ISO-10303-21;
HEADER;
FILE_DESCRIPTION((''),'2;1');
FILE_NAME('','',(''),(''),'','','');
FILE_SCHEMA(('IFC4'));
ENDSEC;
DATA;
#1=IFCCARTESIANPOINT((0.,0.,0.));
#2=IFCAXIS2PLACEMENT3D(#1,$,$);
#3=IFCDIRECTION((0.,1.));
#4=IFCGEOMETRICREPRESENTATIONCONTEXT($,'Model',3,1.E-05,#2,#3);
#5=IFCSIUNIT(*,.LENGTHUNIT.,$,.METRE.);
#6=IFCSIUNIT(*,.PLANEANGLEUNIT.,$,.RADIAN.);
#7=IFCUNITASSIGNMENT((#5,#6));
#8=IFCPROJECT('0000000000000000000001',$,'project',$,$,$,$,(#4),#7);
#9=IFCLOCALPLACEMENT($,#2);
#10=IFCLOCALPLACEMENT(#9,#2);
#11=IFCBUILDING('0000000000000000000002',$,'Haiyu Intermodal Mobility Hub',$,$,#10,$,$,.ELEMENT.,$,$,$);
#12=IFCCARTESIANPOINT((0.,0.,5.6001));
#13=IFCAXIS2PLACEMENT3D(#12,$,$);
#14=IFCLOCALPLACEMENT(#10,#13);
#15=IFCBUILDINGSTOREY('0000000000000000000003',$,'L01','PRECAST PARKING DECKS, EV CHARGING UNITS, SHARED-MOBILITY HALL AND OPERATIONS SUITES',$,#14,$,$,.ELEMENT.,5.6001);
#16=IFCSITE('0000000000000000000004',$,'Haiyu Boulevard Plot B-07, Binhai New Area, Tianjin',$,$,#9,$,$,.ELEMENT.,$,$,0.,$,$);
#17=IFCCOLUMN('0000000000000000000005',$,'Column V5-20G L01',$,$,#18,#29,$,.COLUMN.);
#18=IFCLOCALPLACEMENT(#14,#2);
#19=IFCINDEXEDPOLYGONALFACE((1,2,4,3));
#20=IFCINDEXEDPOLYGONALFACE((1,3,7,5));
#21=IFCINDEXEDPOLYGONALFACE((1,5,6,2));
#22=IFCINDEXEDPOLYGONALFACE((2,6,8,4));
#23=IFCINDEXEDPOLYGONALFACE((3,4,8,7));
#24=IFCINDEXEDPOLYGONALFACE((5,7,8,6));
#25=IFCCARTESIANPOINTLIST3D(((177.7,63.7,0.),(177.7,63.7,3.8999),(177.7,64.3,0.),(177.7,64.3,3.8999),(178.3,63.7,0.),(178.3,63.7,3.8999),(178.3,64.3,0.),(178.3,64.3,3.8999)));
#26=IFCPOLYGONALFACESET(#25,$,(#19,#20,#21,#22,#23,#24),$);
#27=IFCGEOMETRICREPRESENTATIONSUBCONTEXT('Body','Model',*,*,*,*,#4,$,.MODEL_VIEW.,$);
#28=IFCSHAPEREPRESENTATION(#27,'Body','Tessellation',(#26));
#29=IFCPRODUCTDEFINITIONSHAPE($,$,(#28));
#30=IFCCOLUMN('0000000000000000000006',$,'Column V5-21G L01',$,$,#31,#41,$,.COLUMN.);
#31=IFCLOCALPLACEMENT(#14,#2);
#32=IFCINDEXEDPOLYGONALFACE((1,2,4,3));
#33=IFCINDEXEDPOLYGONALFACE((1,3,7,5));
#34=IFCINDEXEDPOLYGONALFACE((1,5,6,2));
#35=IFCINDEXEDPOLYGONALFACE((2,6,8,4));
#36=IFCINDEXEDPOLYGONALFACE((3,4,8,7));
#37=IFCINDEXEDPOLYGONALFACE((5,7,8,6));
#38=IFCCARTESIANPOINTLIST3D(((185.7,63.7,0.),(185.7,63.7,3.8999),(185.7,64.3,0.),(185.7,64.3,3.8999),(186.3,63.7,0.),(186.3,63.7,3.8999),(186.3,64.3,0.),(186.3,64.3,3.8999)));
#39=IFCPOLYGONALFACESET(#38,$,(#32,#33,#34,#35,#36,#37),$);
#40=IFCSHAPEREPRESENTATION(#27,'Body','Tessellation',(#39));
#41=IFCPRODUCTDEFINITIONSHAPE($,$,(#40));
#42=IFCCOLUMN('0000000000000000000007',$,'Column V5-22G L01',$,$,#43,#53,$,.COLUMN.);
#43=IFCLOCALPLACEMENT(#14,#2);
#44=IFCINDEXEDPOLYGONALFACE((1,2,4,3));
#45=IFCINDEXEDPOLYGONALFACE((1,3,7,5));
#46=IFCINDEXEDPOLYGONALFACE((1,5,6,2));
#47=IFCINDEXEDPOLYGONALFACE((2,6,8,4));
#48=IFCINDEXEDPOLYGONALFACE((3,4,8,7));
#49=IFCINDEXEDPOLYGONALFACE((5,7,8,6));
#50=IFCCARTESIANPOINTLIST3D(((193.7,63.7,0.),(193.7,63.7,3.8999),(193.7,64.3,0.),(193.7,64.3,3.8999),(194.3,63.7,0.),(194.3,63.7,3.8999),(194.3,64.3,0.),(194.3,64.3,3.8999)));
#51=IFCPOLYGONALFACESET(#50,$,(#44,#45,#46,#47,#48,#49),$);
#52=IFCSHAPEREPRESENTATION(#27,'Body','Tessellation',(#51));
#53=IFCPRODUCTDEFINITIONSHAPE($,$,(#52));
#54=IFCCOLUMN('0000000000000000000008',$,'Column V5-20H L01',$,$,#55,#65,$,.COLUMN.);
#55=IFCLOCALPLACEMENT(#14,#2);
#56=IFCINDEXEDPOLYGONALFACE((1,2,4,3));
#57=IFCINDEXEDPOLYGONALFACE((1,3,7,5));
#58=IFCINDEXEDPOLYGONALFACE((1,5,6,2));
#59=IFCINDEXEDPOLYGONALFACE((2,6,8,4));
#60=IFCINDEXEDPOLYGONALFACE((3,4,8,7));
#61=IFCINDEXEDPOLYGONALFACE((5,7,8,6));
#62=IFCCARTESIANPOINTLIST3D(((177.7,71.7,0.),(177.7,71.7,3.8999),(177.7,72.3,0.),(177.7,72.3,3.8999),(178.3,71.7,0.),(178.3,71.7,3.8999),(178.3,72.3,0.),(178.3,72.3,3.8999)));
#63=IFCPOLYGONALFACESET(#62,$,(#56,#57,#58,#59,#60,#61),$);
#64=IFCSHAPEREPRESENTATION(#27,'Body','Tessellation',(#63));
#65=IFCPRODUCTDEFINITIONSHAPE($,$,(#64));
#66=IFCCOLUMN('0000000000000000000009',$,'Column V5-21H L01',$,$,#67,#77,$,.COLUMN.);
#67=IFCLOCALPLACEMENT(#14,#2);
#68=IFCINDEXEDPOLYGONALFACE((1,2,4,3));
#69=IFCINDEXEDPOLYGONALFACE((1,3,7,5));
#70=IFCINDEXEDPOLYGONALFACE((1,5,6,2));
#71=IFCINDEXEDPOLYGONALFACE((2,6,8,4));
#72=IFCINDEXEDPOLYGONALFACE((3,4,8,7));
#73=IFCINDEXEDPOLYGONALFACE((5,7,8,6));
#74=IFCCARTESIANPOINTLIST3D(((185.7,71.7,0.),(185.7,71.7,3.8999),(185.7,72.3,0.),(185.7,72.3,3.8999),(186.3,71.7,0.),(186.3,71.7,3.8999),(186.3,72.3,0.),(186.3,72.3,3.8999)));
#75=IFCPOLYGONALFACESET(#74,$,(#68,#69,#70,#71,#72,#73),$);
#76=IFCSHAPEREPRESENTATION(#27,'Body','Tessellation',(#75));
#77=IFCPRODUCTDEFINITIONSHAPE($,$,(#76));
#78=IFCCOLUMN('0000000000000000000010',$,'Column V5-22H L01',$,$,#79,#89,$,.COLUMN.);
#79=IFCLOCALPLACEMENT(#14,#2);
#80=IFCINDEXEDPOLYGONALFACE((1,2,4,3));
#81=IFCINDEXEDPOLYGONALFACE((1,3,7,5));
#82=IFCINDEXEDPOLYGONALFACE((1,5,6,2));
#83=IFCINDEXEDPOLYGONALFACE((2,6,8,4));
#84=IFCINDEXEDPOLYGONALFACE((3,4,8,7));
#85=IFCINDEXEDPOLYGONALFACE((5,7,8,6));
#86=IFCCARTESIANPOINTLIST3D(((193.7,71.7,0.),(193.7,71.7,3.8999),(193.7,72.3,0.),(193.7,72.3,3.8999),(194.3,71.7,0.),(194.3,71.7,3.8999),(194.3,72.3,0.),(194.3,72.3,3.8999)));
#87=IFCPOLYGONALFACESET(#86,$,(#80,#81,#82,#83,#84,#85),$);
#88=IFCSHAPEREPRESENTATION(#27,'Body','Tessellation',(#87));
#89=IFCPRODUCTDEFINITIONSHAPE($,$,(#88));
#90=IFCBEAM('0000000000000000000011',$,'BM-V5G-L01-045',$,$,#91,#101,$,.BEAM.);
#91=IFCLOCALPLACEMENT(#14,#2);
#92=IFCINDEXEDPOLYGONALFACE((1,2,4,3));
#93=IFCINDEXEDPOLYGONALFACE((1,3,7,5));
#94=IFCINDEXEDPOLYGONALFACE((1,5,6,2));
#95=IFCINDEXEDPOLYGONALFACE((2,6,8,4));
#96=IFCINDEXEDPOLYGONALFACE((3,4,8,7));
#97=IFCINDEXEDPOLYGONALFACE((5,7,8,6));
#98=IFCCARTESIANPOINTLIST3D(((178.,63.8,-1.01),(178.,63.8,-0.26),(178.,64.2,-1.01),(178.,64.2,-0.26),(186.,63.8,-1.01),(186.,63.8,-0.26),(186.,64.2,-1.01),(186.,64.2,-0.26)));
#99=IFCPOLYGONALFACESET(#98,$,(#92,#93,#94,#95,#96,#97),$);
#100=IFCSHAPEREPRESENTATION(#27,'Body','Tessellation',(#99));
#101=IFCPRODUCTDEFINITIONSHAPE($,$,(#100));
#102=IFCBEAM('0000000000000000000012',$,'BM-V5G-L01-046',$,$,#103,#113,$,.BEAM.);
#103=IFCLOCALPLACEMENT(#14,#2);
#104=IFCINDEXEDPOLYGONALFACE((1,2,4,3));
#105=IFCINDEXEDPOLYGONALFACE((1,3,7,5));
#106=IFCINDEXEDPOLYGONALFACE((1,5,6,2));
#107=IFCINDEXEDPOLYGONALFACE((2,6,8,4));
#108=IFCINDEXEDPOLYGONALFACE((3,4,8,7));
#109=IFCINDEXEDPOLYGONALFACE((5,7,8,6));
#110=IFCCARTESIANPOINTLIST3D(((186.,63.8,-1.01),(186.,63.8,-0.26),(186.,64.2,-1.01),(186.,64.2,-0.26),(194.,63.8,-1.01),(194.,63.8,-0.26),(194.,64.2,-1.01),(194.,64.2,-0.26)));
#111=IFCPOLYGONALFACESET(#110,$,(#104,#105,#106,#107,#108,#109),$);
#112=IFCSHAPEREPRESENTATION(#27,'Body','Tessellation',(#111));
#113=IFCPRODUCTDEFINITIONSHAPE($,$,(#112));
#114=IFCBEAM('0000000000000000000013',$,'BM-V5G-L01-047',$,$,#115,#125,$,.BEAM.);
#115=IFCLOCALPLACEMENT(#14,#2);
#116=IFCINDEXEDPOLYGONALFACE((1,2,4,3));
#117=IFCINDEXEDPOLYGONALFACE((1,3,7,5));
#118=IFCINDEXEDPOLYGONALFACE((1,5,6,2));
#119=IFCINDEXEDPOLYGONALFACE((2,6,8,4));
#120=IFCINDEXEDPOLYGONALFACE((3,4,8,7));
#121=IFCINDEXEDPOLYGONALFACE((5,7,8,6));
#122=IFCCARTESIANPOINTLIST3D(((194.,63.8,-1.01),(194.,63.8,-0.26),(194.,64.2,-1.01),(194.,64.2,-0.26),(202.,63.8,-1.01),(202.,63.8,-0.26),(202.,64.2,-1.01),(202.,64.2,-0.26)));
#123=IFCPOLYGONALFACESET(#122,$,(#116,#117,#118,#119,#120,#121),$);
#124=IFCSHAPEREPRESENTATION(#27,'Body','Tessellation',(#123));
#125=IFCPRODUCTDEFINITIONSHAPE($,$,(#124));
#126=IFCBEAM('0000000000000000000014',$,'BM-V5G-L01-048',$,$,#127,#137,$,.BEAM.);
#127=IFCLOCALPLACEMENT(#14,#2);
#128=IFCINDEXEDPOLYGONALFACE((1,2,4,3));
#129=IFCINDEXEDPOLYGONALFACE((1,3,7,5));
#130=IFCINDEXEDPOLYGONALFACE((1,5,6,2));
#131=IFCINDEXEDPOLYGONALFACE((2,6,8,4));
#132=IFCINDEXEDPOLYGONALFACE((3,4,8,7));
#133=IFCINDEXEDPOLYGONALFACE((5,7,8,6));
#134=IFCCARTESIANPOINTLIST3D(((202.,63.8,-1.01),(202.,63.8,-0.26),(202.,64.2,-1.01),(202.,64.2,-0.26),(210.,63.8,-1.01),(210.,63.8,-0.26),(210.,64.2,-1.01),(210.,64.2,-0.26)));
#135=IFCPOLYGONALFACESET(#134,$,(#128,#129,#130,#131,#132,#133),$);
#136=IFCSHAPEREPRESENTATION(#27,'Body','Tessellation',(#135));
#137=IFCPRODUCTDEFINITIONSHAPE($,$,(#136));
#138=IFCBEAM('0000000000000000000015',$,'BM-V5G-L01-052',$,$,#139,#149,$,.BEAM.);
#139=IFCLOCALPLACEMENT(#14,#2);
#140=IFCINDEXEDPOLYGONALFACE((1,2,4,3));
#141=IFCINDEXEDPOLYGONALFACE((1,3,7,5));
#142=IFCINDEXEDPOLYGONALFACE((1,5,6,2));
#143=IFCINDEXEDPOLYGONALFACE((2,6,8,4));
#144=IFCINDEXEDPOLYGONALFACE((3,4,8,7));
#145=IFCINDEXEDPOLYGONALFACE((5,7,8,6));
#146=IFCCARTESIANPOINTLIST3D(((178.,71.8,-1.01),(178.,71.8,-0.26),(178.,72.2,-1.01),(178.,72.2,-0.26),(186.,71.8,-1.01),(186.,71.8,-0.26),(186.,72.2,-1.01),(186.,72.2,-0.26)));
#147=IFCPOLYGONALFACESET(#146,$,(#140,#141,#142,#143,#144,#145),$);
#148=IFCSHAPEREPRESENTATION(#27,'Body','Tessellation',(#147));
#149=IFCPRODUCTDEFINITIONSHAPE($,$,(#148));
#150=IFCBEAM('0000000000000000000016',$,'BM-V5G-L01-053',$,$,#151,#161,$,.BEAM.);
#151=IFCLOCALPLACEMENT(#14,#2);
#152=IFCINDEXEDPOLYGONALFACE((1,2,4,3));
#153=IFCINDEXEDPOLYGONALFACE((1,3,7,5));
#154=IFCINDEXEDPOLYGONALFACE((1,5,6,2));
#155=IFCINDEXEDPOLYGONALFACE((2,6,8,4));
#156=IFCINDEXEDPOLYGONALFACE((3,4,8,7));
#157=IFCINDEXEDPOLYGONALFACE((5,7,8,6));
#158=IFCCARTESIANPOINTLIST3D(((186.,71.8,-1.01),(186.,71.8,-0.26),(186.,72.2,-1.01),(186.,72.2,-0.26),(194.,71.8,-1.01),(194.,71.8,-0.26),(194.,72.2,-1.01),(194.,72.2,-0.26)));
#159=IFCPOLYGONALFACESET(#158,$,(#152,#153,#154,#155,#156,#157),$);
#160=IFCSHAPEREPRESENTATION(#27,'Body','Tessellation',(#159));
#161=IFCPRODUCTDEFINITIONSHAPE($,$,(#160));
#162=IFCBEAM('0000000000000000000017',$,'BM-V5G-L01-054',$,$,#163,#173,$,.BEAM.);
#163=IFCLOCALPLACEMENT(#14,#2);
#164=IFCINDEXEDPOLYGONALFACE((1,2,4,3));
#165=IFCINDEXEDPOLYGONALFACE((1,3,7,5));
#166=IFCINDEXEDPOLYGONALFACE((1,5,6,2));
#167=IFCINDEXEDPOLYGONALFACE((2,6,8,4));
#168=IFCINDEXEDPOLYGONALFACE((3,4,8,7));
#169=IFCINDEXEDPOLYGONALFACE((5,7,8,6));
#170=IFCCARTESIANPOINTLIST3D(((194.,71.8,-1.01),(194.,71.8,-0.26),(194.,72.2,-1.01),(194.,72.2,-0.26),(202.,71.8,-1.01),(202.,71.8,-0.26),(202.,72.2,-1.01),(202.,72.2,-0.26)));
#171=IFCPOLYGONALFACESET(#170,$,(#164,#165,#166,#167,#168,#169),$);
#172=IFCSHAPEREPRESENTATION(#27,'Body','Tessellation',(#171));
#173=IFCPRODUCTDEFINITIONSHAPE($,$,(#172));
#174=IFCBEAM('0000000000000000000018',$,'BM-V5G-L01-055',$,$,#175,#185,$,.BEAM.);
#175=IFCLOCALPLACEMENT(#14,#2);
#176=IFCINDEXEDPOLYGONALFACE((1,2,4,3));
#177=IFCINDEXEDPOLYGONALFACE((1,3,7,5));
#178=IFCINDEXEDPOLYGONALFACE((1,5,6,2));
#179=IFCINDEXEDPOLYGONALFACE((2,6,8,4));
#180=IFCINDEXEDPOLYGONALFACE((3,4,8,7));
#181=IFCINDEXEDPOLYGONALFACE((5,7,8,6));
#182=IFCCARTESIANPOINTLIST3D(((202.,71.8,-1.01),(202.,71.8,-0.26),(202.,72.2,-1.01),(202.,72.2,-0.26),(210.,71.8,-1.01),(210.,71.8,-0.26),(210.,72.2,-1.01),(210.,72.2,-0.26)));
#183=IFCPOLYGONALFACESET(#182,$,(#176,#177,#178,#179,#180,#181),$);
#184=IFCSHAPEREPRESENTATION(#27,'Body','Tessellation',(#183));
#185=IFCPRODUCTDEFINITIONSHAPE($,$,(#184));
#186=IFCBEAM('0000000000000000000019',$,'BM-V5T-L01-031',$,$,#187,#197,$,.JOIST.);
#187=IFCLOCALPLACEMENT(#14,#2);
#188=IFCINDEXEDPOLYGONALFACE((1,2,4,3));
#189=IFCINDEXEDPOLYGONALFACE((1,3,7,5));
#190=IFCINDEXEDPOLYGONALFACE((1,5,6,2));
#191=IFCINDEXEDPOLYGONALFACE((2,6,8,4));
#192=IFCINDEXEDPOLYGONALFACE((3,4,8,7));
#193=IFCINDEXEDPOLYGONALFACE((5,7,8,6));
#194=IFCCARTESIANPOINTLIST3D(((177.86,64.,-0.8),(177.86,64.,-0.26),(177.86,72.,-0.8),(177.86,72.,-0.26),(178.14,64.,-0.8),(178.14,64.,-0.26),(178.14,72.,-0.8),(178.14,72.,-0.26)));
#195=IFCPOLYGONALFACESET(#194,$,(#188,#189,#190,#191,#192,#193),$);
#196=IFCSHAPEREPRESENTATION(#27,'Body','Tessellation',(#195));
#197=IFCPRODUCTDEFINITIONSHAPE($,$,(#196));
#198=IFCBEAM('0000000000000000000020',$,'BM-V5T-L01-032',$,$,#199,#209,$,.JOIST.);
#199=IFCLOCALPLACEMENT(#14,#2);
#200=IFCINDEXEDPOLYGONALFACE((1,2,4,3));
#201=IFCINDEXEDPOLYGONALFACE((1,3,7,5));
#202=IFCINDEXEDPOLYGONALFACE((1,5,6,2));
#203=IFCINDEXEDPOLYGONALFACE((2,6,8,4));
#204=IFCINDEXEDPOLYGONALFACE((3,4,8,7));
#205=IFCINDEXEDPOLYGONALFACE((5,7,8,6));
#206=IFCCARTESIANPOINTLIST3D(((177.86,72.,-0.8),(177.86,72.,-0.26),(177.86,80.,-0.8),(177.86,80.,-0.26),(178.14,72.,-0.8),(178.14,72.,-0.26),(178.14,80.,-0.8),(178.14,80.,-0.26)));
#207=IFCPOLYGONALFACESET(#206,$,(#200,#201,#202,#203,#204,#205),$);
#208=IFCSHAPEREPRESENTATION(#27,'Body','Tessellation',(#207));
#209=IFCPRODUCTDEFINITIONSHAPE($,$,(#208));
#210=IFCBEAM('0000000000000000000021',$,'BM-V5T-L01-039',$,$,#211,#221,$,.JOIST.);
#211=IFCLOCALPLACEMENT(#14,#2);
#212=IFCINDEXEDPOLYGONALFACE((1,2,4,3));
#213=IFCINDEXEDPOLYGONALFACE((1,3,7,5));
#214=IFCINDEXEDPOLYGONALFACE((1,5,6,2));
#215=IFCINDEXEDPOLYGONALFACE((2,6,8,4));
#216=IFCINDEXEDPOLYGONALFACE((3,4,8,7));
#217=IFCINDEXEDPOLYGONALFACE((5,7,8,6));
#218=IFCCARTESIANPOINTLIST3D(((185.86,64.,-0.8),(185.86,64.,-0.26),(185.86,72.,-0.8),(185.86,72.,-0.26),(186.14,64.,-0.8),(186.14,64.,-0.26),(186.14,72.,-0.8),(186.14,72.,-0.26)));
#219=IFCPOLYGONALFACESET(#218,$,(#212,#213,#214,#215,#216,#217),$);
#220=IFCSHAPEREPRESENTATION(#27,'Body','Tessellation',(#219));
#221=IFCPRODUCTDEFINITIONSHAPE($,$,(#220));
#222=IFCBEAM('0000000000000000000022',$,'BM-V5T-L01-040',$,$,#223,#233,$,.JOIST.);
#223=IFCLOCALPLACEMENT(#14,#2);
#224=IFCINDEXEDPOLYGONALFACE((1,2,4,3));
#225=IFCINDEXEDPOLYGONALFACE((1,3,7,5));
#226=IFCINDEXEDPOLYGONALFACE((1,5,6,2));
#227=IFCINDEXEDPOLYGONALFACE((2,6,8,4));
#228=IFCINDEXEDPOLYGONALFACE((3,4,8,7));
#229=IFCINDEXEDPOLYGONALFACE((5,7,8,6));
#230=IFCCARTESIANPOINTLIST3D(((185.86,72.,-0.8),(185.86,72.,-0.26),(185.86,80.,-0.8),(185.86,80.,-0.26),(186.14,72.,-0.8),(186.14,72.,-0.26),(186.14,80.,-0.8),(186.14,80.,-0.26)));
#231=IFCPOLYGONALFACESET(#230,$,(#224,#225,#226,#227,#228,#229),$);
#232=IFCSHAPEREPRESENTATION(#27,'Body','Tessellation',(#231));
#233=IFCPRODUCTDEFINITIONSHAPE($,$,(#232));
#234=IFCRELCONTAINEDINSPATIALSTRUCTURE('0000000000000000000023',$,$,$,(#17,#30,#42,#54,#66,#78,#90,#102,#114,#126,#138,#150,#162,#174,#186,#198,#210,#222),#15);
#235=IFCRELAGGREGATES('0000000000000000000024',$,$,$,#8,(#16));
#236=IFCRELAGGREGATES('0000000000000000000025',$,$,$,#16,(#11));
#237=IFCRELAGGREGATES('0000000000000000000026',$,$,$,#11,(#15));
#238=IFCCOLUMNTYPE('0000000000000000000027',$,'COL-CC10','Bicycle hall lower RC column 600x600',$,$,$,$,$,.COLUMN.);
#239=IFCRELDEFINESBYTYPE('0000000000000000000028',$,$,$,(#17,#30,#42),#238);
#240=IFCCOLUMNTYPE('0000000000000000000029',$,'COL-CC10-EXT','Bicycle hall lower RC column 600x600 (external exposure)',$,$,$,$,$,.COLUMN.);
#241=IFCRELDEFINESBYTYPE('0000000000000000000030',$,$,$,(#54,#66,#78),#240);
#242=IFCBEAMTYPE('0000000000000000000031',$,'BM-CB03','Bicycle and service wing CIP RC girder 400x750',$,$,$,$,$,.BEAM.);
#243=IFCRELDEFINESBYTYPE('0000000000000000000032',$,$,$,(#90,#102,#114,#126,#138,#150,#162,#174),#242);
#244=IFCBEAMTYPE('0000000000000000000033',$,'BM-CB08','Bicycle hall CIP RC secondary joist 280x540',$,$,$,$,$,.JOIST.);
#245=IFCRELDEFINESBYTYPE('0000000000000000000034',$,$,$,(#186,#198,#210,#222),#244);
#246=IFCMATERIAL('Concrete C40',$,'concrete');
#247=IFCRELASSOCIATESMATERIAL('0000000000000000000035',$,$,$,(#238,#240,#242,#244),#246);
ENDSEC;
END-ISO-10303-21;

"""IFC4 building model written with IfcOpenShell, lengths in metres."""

from ifc_helpers import new_model, si_unit, direction, frame, origin, origin_2d, place, context, subcontext, project, spatial, rectangle, extrude, material, material_profile, profile_set, type_object, element, save


model = new_model("IFC4")

# Units and contexts
model_context = context("Model", 3, precision=1e-05, world=origin(), true_north=direction((0.0, 1.0)))
body_context = subcontext(model_context, "Body", "Model", "MODEL_VIEW")
ifc_project = project(units=[si_unit("LENGTHUNIT", "METRE"), si_unit("PLANEANGLEUNIT", "RADIAN")], contexts=[model_context])

# Site, building, storey
site_placement = place(None, origin())
site = spatial("IfcSite", under=ifc_project, at=site_placement, Name="Haiyu Boulevard Plot B-07, Binhai New Area, Tianjin", CompositionType="ELEMENT", RefElevation=0.0)
building_placement = place(site_placement, origin())
building = spatial("IfcBuilding", under=site, at=building_placement, Name="Haiyu Intermodal Mobility Hub", CompositionType="ELEMENT")
storey_placement = place(building_placement, frame((0.0, 0.0, 5.6001)))
storey = spatial("IfcBuildingStorey", under=building, at=storey_placement, Name="L01", Description="PRECAST PARKING DECKS, EV CHARGING UNITS, SHARED-MOBILITY HALL AND OPERATIONS SUITES", CompositionType="ELEMENT", Elevation=5.6001)

# Columns
ifc_material_1 = material(Name="Concrete C40", Category="concrete")
ifc_material_profile_1 = material_profile(ifc_material_1, rectangle(XDim=0.6001, YDim=0.6001, at=origin_2d()), Name="RC600x600")
ifc_profile_set_1 = profile_set([ifc_material_profile_1], Name="Concrete C40")
column_type_1 = type_object("IfcColumnType", Name="COL-CC10", Description="Bicycle hall lower RC column 600x600", PredefinedType="COLUMN", material=ifc_profile_set_1)
for number, where, z_axis, x_axis, name in (
    (1, (178.0, 64.0, 0.0), (0.0, 0.0, 1.0), (1.0, 0.0, 0.0), "Column V5-20G L01"),
    (2, (186.0, 64.0, 0.0), (0.0, 0.0, 1.0), (1.0, 0.0, 0.0), "Column V5-21G L01"),
    (3, (194.0, 64.0, 0.0), (0.0, 0.0, 1.0), (1.0, 0.0, 0.0), "Column V5-22G L01"),
):
    element("IfcColumn", number, at=place(storey_placement, frame(where, z_axis=z_axis, x_axis=x_axis)), inside=storey, type_object=column_type_1, Name=name, PredefinedType="COLUMN", context=body_context, shape_type="SweptSolid", body=[
        extrude(rectangle(XDim=0.6001, YDim=0.6001, at=origin_2d()), origin(), (0.0, 0.0, 1.0), 3.8999),
    ])
ifc_material_profile_2 = material_profile(ifc_material_1, rectangle(XDim=0.6001, YDim=0.6001, at=origin_2d()), Name="RC600x600")
ifc_profile_set_2 = profile_set([ifc_material_profile_2], Name="Concrete C40")
column_type_2 = type_object("IfcColumnType", Name="COL-CC10-EXT", Description="Bicycle hall lower RC column 600x600 (external exposure)", PredefinedType="COLUMN", material=ifc_profile_set_2)
for number, where, z_axis, x_axis, name in (
    (4, (178.0, 72.0, 0.0), (0.0, 0.0, 1.0), (1.0, 0.0, 0.0), "Column V5-20H L01"),
    (5, (186.0, 72.0, 0.0), (0.0, 0.0, 1.0), (1.0, 0.0, 0.0), "Column V5-21H L01"),
    (6, (194.0, 72.0, 0.0), (0.0, 0.0, 1.0), (1.0, 0.0, 0.0), "Column V5-22H L01"),
):
    element("IfcColumn", number, at=place(storey_placement, frame(where, z_axis=z_axis, x_axis=x_axis)), inside=storey, type_object=column_type_2, Name=name, PredefinedType="COLUMN", context=body_context, shape_type="SweptSolid", body=[
        extrude(rectangle(XDim=0.6001, YDim=0.6001, at=origin_2d()), origin(), (0.0, 0.0, 1.0), 3.8999),
    ])

# Beams
ifc_material_profile_3 = material_profile(ifc_material_1, rectangle(XDim=0.3999, YDim=0.75, at=origin_2d()), Name="RCB400x750")
ifc_profile_set_3 = profile_set([ifc_material_profile_3], Name="Concrete C40")
beam_type_1 = type_object("IfcBeamType", Name="BM-CB03", Description="Bicycle and service wing CIP RC girder 400x750", PredefinedType="BEAM", material=ifc_profile_set_3)
for number, where, z_axis, x_axis, name in (
    (7, (178.0, 64.0, -0.635), (1.0, 0.0, 0.0), (0.0, 1.0, 0.0), "BM-V5G-L01-045"),
    (8, (186.0, 64.0, -0.635), (1.0, 0.0, 0.0), (0.0, 1.0, 0.0), "BM-V5G-L01-046"),
    (9, (194.0, 64.0, -0.635), (1.0, 0.0, 0.0), (0.0, 1.0, 0.0), "BM-V5G-L01-047"),
    (10, (202.0, 64.0, -0.635), (1.0, 0.0, 0.0), (0.0, 1.0, 0.0), "BM-V5G-L01-048"),
    (11, (178.0, 72.0, -0.635), (1.0, 0.0, 0.0), (0.0, 1.0, 0.0), "BM-V5G-L01-052"),
    (12, (186.0, 72.0, -0.635), (1.0, 0.0, 0.0), (0.0, 1.0, 0.0), "BM-V5G-L01-053"),
    (13, (194.0, 72.0, -0.635), (1.0, 0.0, 0.0), (0.0, 1.0, 0.0), "BM-V5G-L01-054"),
    (14, (202.0, 72.0, -0.635), (1.0, 0.0, 0.0), (0.0, 1.0, 0.0), "BM-V5G-L01-055"),
):
    element("IfcBeam", number, at=place(storey_placement, frame(where, z_axis=z_axis, x_axis=x_axis)), inside=storey, type_object=beam_type_1, Name=name, PredefinedType="BEAM", context=body_context, shape_type="SweptSolid", body=[
        extrude(rectangle(XDim=0.3999, YDim=0.75, at=origin_2d()), origin(), (0.0, 0.0, 1.0), 8.0),
    ])
ifc_material_profile_4 = material_profile(ifc_material_1, rectangle(XDim=0.28, YDim=0.54, at=origin_2d()), Name="RCB280x540")
ifc_profile_set_4 = profile_set([ifc_material_profile_4], Name="Concrete C40")
beam_type_2 = type_object("IfcBeamType", Name="BM-CB08", Description="Bicycle hall CIP RC secondary joist 280x540", PredefinedType="JOIST", material=ifc_profile_set_4)
for number, where, z_axis, x_axis, name in (
    (15, (178.0, 64.0, -0.53), (0.0, 1.0, 0.0), (-1.0, 0.0, 0.0), "BM-V5T-L01-031"),
    (16, (178.0, 72.0, -0.53), (0.0, 1.0, 0.0), (-1.0, 0.0, 0.0), "BM-V5T-L01-032"),
    (17, (186.0, 64.0, -0.53), (0.0, 1.0, 0.0), (-1.0, 0.0, 0.0), "BM-V5T-L01-039"),
    (18, (186.0, 72.0, -0.53), (0.0, 1.0, 0.0), (-1.0, 0.0, 0.0), "BM-V5T-L01-040"),
):
    element("IfcBeam", number, at=place(storey_placement, frame(where, z_axis=z_axis, x_axis=x_axis)), inside=storey, type_object=beam_type_2, Name=name, PredefinedType="JOIST", context=body_context, shape_type="SweptSolid", body=[
        extrude(rectangle(XDim=0.28, YDim=0.54, at=origin_2d()), origin(), (0.0, 0.0, 1.0), 8.0),
    ])

save(model, "model.ifc")
